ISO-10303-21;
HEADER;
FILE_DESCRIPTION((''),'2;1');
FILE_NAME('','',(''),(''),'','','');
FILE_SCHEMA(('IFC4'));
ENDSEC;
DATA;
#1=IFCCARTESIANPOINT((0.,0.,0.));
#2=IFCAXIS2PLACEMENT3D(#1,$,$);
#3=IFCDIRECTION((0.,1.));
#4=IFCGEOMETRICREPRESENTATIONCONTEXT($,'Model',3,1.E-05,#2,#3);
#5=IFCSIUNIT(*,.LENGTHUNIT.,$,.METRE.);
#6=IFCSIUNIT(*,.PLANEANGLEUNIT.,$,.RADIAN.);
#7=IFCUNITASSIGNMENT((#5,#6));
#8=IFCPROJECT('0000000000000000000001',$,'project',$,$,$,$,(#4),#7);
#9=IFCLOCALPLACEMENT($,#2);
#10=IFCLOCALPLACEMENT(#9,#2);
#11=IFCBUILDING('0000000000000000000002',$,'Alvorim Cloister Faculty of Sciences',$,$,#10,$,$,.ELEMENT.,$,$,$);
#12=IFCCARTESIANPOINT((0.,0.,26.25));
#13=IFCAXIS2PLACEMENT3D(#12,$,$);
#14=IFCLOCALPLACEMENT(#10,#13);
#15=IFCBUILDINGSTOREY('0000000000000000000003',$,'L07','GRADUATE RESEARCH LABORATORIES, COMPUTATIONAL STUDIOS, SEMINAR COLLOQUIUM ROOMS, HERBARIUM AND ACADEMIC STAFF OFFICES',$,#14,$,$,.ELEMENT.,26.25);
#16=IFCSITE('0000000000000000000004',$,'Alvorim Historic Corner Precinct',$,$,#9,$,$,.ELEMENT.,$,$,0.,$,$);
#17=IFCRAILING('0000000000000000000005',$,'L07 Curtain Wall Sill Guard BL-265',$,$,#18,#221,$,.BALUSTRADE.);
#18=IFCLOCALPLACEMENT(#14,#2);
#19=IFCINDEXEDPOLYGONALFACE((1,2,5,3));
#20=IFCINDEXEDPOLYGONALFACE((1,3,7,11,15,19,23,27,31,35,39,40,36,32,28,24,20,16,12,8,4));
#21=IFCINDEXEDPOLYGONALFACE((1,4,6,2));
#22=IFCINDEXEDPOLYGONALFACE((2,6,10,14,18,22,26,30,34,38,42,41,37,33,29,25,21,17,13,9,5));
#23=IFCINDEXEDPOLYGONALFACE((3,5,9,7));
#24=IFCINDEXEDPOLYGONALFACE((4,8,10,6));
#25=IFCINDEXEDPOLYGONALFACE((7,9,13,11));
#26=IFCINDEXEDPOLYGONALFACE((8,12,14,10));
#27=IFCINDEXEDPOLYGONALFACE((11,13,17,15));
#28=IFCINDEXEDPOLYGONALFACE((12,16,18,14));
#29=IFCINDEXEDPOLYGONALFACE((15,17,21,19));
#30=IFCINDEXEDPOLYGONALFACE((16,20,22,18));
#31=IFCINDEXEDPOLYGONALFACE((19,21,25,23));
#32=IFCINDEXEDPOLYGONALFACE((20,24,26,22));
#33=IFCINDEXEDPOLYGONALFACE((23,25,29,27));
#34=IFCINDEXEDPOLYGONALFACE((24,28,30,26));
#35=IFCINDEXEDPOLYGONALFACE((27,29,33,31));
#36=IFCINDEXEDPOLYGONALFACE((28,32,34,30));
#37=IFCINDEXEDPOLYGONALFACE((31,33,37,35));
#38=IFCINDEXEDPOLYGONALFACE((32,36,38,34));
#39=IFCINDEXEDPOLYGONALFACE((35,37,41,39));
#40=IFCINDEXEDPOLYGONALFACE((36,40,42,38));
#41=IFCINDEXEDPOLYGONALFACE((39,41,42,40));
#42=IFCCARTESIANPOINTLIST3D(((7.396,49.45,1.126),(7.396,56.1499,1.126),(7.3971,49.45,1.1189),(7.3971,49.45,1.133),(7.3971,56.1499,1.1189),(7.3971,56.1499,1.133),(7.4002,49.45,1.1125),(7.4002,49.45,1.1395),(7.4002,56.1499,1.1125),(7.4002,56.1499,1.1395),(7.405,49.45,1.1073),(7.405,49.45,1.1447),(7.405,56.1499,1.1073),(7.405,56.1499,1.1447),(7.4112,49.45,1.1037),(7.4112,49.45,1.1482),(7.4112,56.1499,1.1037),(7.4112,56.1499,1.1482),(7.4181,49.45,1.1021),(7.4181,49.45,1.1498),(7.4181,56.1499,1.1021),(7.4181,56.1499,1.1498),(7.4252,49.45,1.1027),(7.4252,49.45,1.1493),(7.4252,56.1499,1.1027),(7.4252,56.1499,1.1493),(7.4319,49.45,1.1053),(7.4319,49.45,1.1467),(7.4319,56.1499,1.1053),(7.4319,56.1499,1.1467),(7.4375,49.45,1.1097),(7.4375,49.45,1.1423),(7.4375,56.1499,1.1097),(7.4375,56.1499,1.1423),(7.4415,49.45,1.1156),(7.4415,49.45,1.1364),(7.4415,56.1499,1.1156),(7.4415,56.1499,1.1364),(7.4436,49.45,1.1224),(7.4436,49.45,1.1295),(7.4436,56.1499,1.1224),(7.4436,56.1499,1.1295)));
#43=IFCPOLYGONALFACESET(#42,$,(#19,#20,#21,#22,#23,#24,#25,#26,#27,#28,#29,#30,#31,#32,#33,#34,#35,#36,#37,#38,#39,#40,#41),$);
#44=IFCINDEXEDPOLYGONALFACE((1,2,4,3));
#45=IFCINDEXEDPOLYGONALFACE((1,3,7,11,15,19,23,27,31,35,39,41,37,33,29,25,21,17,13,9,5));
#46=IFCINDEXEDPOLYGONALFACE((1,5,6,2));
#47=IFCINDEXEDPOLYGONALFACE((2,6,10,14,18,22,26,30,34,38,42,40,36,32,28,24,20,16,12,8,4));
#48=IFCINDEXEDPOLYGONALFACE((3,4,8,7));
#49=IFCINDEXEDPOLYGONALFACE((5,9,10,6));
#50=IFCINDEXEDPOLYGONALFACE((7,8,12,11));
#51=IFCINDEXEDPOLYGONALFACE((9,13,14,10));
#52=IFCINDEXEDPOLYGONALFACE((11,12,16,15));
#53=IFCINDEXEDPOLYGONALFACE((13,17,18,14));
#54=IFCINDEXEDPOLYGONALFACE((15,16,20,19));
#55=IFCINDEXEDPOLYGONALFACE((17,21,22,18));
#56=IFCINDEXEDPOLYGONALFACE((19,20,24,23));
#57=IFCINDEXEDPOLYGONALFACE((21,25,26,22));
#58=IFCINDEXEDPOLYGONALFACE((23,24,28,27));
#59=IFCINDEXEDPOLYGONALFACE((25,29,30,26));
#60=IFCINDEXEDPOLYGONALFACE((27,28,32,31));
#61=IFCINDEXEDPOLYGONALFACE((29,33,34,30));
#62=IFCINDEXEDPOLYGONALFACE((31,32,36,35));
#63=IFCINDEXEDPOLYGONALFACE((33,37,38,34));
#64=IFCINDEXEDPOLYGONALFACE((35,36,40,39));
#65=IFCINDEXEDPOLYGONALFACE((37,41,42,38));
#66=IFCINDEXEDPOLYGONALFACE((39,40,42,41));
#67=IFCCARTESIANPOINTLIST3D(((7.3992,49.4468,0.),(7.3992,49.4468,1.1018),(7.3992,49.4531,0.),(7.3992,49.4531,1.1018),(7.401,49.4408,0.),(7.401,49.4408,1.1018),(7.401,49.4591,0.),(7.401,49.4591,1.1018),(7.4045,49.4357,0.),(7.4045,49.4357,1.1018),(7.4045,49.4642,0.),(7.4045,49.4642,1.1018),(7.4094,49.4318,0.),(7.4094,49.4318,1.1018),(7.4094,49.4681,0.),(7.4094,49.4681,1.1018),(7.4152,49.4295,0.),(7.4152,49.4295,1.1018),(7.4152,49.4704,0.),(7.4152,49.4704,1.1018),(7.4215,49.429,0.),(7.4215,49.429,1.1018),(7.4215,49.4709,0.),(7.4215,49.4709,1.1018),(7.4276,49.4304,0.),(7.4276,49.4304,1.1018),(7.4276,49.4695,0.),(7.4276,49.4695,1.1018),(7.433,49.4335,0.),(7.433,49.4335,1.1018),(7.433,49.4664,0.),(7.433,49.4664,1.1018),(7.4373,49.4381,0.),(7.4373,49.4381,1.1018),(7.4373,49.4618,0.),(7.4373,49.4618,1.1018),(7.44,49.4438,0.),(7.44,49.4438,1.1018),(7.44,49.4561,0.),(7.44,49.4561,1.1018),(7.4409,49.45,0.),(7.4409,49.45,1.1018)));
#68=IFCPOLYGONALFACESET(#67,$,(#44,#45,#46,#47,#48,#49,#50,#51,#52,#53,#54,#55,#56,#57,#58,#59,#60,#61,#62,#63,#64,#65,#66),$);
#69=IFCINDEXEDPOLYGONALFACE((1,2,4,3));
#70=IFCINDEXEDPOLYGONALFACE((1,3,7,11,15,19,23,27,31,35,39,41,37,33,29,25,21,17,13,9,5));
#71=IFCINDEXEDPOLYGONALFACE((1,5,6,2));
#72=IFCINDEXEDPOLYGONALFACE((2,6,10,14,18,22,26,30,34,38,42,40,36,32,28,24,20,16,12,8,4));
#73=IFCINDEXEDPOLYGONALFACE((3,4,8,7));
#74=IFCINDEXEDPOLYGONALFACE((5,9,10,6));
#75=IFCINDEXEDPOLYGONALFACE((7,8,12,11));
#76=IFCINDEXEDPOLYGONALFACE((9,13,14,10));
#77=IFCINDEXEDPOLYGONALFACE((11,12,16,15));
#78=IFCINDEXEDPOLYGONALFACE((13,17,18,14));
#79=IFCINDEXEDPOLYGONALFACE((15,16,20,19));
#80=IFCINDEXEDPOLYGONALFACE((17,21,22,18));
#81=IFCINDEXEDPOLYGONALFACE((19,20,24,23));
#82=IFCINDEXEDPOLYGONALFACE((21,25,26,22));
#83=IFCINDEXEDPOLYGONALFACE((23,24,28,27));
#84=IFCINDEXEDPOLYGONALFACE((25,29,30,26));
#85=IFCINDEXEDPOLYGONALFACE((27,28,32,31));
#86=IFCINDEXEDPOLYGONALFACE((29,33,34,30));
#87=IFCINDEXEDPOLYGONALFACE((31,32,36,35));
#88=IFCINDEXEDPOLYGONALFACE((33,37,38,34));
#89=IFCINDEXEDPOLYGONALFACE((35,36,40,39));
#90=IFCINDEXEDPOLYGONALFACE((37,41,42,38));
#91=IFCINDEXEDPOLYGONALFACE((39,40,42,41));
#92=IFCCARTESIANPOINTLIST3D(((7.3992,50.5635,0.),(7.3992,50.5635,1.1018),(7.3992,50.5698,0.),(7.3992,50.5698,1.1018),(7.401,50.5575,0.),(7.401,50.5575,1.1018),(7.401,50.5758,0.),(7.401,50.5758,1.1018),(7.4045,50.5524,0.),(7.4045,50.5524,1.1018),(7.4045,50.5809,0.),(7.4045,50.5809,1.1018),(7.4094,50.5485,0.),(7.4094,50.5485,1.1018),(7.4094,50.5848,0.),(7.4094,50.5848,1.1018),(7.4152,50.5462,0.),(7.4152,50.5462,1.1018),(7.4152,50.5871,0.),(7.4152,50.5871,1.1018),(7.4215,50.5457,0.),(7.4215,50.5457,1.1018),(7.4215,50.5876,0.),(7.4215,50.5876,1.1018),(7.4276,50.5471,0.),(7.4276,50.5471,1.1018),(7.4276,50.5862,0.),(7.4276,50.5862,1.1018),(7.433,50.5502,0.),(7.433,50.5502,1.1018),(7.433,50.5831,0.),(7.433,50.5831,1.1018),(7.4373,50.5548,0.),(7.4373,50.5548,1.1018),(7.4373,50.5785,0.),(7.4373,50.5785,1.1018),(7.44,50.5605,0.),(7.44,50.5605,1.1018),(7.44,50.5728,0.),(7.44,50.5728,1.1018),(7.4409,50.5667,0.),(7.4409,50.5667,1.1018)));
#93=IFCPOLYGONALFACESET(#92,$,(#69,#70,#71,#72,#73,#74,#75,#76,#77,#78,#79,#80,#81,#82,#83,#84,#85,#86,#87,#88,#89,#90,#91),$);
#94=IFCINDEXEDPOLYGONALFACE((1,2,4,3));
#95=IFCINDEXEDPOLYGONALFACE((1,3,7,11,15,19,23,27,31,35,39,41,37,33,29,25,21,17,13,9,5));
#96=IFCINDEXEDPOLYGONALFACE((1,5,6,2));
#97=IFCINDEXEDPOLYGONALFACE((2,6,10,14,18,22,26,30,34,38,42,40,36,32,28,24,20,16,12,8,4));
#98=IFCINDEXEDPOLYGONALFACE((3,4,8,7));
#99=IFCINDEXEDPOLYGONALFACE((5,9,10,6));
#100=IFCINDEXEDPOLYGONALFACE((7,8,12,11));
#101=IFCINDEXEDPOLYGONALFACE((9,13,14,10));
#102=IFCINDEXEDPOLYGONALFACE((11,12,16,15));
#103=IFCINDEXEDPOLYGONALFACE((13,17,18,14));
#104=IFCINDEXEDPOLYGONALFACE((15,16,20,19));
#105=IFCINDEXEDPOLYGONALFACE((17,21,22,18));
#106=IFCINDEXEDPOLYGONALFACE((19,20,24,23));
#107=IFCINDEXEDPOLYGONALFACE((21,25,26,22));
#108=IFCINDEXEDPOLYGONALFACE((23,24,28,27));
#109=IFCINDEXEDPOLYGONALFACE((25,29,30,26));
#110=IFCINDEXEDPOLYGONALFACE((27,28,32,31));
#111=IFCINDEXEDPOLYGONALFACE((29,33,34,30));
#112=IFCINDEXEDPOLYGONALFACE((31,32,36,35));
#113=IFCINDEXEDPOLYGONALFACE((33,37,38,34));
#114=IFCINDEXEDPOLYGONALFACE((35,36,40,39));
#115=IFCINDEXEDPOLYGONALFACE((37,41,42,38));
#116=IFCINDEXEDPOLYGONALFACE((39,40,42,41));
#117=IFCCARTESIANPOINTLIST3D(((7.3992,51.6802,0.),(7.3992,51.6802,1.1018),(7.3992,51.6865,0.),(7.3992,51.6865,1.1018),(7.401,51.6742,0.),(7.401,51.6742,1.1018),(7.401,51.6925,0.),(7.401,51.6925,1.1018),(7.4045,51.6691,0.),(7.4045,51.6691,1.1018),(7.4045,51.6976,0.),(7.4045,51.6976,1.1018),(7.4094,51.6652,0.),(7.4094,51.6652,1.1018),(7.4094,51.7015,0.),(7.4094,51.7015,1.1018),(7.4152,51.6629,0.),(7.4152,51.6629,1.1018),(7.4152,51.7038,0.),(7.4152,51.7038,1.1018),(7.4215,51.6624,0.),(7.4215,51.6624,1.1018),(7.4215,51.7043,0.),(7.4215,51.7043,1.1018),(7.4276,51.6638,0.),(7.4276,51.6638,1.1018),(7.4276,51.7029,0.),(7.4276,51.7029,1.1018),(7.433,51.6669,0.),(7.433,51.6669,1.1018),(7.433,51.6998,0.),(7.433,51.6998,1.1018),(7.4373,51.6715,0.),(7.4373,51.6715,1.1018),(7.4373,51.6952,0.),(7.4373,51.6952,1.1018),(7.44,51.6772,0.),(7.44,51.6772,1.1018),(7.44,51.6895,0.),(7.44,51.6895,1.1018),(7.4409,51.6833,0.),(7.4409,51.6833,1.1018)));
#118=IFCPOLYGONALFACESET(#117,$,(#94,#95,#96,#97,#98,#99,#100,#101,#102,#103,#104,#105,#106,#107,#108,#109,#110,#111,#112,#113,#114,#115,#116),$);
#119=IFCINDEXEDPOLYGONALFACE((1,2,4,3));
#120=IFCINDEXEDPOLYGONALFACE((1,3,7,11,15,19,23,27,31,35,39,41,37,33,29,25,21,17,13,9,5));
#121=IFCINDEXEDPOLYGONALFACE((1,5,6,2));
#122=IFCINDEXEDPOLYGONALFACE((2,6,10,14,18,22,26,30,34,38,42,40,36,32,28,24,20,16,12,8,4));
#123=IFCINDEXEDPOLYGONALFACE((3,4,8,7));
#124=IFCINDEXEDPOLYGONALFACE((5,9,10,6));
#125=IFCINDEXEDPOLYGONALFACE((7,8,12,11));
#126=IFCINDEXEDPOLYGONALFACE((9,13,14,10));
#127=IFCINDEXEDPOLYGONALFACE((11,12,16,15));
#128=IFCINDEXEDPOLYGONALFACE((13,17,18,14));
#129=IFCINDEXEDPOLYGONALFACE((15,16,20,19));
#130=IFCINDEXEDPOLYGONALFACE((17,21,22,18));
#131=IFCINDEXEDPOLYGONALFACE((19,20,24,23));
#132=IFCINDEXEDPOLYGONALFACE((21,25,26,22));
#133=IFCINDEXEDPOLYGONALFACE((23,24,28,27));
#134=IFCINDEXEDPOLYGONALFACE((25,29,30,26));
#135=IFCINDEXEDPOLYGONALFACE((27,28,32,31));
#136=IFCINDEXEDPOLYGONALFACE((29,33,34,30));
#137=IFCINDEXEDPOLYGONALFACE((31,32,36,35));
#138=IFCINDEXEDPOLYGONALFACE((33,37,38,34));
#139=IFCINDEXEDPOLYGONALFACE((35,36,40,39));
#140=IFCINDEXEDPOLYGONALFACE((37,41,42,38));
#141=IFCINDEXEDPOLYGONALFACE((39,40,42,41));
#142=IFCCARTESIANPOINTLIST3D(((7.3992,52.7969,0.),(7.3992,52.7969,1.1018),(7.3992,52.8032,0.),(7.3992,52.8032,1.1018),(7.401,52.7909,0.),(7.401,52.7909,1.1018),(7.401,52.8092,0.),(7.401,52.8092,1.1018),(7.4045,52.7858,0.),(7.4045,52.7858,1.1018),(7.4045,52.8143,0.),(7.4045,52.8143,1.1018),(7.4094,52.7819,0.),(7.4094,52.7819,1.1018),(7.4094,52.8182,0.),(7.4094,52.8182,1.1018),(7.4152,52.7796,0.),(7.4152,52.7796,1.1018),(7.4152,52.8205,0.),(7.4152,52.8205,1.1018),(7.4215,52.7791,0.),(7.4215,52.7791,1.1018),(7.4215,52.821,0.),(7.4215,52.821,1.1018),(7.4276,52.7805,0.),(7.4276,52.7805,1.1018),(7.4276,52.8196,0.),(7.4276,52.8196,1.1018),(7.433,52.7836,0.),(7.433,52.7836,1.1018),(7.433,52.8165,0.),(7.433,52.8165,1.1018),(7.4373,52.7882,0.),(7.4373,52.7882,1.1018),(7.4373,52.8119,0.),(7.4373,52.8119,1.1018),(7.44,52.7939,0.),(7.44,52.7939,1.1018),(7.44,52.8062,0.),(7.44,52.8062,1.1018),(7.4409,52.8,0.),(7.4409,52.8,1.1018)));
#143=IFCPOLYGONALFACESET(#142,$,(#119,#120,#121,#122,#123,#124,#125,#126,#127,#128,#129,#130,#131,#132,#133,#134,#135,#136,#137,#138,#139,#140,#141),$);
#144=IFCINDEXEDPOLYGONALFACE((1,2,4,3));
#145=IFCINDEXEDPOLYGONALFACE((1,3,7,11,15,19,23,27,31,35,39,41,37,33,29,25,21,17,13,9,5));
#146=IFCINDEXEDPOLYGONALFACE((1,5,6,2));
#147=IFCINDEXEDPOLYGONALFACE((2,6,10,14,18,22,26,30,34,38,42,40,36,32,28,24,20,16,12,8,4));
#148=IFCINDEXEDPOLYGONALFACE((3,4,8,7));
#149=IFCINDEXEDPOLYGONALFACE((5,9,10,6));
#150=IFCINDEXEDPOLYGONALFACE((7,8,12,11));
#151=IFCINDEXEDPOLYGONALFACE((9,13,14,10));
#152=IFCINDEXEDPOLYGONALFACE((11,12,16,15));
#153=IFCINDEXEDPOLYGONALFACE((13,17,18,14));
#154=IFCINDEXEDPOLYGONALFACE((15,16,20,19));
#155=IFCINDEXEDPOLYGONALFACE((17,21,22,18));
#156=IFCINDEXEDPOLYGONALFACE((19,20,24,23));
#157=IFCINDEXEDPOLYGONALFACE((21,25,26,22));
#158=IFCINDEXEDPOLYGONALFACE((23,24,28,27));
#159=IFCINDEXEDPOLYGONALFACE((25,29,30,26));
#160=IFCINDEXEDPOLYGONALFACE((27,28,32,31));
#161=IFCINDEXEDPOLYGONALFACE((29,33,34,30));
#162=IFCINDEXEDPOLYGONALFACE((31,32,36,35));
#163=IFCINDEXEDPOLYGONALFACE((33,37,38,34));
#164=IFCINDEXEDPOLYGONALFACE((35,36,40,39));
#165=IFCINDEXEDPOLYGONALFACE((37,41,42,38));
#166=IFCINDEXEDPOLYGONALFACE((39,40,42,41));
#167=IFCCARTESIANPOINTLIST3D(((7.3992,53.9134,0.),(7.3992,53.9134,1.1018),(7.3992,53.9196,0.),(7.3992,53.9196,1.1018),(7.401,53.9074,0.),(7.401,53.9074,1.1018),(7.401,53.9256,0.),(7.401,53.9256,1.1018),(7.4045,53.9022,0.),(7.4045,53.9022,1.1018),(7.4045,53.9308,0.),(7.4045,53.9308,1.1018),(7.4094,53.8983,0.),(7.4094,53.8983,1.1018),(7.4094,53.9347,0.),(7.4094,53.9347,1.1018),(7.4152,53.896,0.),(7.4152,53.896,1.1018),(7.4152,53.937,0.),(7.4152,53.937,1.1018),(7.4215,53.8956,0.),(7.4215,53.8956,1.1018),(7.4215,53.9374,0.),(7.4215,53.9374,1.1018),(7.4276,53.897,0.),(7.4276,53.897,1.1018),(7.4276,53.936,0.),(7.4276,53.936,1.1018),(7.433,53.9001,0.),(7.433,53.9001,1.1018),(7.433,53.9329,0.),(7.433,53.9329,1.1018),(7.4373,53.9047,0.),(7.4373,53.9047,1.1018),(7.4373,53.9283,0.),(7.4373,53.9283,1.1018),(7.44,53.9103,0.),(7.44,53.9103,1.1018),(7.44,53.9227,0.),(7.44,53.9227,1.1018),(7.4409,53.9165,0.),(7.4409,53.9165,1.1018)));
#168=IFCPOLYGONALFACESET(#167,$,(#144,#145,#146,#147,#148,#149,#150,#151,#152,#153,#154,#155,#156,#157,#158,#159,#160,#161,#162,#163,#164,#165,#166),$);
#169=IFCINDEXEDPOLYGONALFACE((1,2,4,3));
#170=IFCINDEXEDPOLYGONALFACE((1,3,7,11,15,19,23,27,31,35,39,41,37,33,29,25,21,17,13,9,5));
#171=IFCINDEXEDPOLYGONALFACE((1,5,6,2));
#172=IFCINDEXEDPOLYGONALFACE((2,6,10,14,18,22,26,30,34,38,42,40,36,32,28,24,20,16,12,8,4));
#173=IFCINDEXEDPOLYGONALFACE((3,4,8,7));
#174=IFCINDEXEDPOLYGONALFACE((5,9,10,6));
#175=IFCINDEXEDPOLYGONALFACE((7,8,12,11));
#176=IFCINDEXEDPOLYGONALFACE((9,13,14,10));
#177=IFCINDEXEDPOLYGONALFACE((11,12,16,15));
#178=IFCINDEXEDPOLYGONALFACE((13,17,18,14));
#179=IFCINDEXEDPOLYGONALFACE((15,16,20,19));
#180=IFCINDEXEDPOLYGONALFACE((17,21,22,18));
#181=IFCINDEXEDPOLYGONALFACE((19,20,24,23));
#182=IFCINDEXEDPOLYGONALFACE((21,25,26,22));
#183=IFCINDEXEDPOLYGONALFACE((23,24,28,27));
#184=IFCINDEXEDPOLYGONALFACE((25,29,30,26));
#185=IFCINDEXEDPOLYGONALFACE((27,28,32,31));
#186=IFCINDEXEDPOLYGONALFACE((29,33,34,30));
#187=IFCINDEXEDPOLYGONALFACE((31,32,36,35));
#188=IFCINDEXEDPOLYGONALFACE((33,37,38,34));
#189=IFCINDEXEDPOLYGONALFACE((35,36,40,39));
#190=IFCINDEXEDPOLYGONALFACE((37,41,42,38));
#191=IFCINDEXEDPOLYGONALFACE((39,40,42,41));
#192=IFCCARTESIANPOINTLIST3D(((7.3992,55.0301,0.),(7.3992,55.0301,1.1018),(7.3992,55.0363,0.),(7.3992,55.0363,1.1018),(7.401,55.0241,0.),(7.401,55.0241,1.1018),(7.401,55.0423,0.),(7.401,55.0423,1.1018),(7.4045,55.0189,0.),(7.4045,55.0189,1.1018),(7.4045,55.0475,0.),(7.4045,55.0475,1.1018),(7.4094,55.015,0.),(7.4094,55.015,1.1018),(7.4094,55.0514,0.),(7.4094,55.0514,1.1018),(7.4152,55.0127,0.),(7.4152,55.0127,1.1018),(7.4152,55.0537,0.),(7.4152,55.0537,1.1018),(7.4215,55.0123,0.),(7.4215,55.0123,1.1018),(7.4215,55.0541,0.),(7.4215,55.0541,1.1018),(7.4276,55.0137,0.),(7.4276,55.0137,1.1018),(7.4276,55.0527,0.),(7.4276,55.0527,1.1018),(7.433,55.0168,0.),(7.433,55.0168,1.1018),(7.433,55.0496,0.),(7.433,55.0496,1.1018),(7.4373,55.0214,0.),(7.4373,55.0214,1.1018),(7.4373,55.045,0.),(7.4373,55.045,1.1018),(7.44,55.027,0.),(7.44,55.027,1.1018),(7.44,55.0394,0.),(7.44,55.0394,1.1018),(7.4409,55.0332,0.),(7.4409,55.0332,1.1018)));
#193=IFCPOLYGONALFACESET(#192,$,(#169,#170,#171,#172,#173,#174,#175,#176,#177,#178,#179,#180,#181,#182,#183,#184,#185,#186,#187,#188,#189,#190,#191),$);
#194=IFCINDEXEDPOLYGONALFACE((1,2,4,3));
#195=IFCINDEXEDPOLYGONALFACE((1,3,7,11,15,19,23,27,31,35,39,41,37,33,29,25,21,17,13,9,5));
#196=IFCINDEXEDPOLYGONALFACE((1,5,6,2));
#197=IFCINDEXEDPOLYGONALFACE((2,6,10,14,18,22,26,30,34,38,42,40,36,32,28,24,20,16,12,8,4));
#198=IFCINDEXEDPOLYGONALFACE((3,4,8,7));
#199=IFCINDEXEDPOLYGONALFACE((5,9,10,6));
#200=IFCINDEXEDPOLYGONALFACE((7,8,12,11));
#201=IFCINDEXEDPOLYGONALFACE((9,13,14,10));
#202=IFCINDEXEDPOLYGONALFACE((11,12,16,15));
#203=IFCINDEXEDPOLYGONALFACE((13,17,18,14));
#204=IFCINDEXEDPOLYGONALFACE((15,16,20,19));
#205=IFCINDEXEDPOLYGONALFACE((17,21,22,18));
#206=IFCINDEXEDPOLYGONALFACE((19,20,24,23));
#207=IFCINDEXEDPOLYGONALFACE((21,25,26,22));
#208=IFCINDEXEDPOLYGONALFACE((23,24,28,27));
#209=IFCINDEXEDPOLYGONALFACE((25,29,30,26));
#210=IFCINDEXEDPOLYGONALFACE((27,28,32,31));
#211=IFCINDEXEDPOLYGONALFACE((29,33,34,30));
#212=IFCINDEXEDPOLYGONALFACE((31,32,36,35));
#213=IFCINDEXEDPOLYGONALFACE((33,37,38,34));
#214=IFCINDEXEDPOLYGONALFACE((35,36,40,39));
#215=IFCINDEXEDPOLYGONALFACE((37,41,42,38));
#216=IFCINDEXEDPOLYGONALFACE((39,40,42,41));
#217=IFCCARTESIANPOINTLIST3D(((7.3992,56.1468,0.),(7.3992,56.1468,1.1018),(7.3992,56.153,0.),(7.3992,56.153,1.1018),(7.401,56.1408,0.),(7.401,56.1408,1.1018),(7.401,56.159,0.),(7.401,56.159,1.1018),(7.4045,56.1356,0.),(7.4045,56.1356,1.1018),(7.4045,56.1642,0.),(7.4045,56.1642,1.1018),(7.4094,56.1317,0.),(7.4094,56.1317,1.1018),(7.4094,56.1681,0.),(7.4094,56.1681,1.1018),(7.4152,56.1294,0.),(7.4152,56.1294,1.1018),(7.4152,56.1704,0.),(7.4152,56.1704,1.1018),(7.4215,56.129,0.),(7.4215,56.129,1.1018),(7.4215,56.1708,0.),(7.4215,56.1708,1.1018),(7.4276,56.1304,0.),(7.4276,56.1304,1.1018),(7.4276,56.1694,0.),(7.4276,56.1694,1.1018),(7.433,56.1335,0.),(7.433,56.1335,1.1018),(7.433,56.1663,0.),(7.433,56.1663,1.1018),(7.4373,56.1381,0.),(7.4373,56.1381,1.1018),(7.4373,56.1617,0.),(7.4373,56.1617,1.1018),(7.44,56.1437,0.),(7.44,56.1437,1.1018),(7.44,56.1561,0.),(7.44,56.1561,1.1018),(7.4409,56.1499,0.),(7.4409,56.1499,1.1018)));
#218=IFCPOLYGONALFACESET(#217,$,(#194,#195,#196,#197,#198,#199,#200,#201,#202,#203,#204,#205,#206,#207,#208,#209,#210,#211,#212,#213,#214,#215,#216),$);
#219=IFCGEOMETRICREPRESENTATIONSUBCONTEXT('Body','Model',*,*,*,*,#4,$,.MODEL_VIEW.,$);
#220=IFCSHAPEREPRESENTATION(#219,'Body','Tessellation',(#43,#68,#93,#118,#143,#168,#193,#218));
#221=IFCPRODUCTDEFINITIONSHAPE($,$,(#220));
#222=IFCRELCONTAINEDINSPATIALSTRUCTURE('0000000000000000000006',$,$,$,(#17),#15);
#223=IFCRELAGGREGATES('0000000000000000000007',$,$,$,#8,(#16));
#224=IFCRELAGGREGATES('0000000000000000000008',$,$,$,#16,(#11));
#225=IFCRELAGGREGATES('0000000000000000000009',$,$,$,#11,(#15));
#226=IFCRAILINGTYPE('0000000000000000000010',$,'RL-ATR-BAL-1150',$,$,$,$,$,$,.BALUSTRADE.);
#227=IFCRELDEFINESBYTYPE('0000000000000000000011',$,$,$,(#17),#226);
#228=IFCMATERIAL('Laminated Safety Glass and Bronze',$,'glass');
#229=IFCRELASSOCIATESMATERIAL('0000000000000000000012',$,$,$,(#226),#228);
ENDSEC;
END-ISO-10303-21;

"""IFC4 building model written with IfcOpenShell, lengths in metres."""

from ifc_helpers import new_model, si_unit, direction, frame, origin, origin_2d, place, context, subcontext, project, spatial, circle, extrude, material, type_object, element, save


model = new_model("IFC4")

# Units and contexts
model_context = context("Model", 3, precision=1e-05, world=origin(), true_north=direction((0.0, 1.0)))
body_context = subcontext(model_context, "Body", "Model", "MODEL_VIEW")
ifc_project = project(units=[si_unit("LENGTHUNIT", "METRE"), si_unit("PLANEANGLEUNIT", "RADIAN")], contexts=[model_context])

# Site, building, storey
site_placement = place(None, origin())
site = spatial("IfcSite", under=ifc_project, at=site_placement, Name="Alvorim Historic Corner Precinct", CompositionType="ELEMENT", RefElevation=0.0)
building_placement = place(site_placement, origin())
building = spatial("IfcBuilding", under=site, at=building_placement, Name="Alvorim Cloister Faculty of Sciences", CompositionType="ELEMENT")
storey_placement = place(building_placement, frame((0.0, 0.0, 26.25)))
storey = spatial("IfcBuildingStorey", under=building, at=storey_placement, Name="L07", Description="GRADUATE RESEARCH LABORATORIES, COMPUTATIONAL STUDIOS, SEMINAR COLLOQUIUM ROOMS, HERBARIUM AND ACADEMIC STAFF OFFICES", CompositionType="ELEMENT", Elevation=26.25)

# Railing
ifc_material_1 = material(Name="Laminated Safety Glass and Bronze", Category="glass")
railing_type = type_object("IfcRailingType", Name="RL-ATR-BAL-1150", PredefinedType="BALUSTRADE", material=ifc_material_1)
railing_placement = place(storey_placement, frame((7.4199, 49.45, 0.0)))
element("IfcRailing", 1, at=railing_placement, inside=storey, type_object=railing_type, Name="L07 Curtain Wall Sill Guard BL-265", PredefinedType="BALUSTRADE", context=body_context, shape_type="SweptSolid", body=[
    extrude(circle(Radius=0.0239, at=origin_2d()), frame((0.0, 0.0, 1.126), z_axis=(0.0, 1.0, 0.0), x_axis=(-1.0, 0.0, 0.0)), (0.0, 0.0, 1.0), 6.7),
    extrude(circle(Radius=0.021, at=origin_2d()), origin(), (0.0, 0.0, 1.0), 1.1018),
    extrude(circle(Radius=0.021, at=origin_2d()), frame((0.0, 1.1167, 0.0)), (0.0, 0.0, 1.0), 1.1018),
    extrude(circle(Radius=0.021, at=origin_2d()), frame((0.0, 2.2334, 0.0)), (0.0, 0.0, 1.0), 1.1018),
    extrude(circle(Radius=0.021, at=origin_2d()), frame((0.0, 3.3501, 0.0)), (0.0, 0.0, 1.0), 1.1018),
    extrude(circle(Radius=0.021, at=origin_2d()), frame((0.0, 4.4666, 0.0)), (0.0, 0.0, 1.0), 1.1018),
    extrude(circle(Radius=0.021, at=origin_2d()), frame((0.0, 5.5833, 0.0)), (0.0, 0.0, 1.0), 1.1018),
    extrude(circle(Radius=0.021, at=origin_2d()), frame((0.0, 6.7, 0.0)), (0.0, 0.0, 1.0), 1.1018),
])

save(model, "model.ifc")
